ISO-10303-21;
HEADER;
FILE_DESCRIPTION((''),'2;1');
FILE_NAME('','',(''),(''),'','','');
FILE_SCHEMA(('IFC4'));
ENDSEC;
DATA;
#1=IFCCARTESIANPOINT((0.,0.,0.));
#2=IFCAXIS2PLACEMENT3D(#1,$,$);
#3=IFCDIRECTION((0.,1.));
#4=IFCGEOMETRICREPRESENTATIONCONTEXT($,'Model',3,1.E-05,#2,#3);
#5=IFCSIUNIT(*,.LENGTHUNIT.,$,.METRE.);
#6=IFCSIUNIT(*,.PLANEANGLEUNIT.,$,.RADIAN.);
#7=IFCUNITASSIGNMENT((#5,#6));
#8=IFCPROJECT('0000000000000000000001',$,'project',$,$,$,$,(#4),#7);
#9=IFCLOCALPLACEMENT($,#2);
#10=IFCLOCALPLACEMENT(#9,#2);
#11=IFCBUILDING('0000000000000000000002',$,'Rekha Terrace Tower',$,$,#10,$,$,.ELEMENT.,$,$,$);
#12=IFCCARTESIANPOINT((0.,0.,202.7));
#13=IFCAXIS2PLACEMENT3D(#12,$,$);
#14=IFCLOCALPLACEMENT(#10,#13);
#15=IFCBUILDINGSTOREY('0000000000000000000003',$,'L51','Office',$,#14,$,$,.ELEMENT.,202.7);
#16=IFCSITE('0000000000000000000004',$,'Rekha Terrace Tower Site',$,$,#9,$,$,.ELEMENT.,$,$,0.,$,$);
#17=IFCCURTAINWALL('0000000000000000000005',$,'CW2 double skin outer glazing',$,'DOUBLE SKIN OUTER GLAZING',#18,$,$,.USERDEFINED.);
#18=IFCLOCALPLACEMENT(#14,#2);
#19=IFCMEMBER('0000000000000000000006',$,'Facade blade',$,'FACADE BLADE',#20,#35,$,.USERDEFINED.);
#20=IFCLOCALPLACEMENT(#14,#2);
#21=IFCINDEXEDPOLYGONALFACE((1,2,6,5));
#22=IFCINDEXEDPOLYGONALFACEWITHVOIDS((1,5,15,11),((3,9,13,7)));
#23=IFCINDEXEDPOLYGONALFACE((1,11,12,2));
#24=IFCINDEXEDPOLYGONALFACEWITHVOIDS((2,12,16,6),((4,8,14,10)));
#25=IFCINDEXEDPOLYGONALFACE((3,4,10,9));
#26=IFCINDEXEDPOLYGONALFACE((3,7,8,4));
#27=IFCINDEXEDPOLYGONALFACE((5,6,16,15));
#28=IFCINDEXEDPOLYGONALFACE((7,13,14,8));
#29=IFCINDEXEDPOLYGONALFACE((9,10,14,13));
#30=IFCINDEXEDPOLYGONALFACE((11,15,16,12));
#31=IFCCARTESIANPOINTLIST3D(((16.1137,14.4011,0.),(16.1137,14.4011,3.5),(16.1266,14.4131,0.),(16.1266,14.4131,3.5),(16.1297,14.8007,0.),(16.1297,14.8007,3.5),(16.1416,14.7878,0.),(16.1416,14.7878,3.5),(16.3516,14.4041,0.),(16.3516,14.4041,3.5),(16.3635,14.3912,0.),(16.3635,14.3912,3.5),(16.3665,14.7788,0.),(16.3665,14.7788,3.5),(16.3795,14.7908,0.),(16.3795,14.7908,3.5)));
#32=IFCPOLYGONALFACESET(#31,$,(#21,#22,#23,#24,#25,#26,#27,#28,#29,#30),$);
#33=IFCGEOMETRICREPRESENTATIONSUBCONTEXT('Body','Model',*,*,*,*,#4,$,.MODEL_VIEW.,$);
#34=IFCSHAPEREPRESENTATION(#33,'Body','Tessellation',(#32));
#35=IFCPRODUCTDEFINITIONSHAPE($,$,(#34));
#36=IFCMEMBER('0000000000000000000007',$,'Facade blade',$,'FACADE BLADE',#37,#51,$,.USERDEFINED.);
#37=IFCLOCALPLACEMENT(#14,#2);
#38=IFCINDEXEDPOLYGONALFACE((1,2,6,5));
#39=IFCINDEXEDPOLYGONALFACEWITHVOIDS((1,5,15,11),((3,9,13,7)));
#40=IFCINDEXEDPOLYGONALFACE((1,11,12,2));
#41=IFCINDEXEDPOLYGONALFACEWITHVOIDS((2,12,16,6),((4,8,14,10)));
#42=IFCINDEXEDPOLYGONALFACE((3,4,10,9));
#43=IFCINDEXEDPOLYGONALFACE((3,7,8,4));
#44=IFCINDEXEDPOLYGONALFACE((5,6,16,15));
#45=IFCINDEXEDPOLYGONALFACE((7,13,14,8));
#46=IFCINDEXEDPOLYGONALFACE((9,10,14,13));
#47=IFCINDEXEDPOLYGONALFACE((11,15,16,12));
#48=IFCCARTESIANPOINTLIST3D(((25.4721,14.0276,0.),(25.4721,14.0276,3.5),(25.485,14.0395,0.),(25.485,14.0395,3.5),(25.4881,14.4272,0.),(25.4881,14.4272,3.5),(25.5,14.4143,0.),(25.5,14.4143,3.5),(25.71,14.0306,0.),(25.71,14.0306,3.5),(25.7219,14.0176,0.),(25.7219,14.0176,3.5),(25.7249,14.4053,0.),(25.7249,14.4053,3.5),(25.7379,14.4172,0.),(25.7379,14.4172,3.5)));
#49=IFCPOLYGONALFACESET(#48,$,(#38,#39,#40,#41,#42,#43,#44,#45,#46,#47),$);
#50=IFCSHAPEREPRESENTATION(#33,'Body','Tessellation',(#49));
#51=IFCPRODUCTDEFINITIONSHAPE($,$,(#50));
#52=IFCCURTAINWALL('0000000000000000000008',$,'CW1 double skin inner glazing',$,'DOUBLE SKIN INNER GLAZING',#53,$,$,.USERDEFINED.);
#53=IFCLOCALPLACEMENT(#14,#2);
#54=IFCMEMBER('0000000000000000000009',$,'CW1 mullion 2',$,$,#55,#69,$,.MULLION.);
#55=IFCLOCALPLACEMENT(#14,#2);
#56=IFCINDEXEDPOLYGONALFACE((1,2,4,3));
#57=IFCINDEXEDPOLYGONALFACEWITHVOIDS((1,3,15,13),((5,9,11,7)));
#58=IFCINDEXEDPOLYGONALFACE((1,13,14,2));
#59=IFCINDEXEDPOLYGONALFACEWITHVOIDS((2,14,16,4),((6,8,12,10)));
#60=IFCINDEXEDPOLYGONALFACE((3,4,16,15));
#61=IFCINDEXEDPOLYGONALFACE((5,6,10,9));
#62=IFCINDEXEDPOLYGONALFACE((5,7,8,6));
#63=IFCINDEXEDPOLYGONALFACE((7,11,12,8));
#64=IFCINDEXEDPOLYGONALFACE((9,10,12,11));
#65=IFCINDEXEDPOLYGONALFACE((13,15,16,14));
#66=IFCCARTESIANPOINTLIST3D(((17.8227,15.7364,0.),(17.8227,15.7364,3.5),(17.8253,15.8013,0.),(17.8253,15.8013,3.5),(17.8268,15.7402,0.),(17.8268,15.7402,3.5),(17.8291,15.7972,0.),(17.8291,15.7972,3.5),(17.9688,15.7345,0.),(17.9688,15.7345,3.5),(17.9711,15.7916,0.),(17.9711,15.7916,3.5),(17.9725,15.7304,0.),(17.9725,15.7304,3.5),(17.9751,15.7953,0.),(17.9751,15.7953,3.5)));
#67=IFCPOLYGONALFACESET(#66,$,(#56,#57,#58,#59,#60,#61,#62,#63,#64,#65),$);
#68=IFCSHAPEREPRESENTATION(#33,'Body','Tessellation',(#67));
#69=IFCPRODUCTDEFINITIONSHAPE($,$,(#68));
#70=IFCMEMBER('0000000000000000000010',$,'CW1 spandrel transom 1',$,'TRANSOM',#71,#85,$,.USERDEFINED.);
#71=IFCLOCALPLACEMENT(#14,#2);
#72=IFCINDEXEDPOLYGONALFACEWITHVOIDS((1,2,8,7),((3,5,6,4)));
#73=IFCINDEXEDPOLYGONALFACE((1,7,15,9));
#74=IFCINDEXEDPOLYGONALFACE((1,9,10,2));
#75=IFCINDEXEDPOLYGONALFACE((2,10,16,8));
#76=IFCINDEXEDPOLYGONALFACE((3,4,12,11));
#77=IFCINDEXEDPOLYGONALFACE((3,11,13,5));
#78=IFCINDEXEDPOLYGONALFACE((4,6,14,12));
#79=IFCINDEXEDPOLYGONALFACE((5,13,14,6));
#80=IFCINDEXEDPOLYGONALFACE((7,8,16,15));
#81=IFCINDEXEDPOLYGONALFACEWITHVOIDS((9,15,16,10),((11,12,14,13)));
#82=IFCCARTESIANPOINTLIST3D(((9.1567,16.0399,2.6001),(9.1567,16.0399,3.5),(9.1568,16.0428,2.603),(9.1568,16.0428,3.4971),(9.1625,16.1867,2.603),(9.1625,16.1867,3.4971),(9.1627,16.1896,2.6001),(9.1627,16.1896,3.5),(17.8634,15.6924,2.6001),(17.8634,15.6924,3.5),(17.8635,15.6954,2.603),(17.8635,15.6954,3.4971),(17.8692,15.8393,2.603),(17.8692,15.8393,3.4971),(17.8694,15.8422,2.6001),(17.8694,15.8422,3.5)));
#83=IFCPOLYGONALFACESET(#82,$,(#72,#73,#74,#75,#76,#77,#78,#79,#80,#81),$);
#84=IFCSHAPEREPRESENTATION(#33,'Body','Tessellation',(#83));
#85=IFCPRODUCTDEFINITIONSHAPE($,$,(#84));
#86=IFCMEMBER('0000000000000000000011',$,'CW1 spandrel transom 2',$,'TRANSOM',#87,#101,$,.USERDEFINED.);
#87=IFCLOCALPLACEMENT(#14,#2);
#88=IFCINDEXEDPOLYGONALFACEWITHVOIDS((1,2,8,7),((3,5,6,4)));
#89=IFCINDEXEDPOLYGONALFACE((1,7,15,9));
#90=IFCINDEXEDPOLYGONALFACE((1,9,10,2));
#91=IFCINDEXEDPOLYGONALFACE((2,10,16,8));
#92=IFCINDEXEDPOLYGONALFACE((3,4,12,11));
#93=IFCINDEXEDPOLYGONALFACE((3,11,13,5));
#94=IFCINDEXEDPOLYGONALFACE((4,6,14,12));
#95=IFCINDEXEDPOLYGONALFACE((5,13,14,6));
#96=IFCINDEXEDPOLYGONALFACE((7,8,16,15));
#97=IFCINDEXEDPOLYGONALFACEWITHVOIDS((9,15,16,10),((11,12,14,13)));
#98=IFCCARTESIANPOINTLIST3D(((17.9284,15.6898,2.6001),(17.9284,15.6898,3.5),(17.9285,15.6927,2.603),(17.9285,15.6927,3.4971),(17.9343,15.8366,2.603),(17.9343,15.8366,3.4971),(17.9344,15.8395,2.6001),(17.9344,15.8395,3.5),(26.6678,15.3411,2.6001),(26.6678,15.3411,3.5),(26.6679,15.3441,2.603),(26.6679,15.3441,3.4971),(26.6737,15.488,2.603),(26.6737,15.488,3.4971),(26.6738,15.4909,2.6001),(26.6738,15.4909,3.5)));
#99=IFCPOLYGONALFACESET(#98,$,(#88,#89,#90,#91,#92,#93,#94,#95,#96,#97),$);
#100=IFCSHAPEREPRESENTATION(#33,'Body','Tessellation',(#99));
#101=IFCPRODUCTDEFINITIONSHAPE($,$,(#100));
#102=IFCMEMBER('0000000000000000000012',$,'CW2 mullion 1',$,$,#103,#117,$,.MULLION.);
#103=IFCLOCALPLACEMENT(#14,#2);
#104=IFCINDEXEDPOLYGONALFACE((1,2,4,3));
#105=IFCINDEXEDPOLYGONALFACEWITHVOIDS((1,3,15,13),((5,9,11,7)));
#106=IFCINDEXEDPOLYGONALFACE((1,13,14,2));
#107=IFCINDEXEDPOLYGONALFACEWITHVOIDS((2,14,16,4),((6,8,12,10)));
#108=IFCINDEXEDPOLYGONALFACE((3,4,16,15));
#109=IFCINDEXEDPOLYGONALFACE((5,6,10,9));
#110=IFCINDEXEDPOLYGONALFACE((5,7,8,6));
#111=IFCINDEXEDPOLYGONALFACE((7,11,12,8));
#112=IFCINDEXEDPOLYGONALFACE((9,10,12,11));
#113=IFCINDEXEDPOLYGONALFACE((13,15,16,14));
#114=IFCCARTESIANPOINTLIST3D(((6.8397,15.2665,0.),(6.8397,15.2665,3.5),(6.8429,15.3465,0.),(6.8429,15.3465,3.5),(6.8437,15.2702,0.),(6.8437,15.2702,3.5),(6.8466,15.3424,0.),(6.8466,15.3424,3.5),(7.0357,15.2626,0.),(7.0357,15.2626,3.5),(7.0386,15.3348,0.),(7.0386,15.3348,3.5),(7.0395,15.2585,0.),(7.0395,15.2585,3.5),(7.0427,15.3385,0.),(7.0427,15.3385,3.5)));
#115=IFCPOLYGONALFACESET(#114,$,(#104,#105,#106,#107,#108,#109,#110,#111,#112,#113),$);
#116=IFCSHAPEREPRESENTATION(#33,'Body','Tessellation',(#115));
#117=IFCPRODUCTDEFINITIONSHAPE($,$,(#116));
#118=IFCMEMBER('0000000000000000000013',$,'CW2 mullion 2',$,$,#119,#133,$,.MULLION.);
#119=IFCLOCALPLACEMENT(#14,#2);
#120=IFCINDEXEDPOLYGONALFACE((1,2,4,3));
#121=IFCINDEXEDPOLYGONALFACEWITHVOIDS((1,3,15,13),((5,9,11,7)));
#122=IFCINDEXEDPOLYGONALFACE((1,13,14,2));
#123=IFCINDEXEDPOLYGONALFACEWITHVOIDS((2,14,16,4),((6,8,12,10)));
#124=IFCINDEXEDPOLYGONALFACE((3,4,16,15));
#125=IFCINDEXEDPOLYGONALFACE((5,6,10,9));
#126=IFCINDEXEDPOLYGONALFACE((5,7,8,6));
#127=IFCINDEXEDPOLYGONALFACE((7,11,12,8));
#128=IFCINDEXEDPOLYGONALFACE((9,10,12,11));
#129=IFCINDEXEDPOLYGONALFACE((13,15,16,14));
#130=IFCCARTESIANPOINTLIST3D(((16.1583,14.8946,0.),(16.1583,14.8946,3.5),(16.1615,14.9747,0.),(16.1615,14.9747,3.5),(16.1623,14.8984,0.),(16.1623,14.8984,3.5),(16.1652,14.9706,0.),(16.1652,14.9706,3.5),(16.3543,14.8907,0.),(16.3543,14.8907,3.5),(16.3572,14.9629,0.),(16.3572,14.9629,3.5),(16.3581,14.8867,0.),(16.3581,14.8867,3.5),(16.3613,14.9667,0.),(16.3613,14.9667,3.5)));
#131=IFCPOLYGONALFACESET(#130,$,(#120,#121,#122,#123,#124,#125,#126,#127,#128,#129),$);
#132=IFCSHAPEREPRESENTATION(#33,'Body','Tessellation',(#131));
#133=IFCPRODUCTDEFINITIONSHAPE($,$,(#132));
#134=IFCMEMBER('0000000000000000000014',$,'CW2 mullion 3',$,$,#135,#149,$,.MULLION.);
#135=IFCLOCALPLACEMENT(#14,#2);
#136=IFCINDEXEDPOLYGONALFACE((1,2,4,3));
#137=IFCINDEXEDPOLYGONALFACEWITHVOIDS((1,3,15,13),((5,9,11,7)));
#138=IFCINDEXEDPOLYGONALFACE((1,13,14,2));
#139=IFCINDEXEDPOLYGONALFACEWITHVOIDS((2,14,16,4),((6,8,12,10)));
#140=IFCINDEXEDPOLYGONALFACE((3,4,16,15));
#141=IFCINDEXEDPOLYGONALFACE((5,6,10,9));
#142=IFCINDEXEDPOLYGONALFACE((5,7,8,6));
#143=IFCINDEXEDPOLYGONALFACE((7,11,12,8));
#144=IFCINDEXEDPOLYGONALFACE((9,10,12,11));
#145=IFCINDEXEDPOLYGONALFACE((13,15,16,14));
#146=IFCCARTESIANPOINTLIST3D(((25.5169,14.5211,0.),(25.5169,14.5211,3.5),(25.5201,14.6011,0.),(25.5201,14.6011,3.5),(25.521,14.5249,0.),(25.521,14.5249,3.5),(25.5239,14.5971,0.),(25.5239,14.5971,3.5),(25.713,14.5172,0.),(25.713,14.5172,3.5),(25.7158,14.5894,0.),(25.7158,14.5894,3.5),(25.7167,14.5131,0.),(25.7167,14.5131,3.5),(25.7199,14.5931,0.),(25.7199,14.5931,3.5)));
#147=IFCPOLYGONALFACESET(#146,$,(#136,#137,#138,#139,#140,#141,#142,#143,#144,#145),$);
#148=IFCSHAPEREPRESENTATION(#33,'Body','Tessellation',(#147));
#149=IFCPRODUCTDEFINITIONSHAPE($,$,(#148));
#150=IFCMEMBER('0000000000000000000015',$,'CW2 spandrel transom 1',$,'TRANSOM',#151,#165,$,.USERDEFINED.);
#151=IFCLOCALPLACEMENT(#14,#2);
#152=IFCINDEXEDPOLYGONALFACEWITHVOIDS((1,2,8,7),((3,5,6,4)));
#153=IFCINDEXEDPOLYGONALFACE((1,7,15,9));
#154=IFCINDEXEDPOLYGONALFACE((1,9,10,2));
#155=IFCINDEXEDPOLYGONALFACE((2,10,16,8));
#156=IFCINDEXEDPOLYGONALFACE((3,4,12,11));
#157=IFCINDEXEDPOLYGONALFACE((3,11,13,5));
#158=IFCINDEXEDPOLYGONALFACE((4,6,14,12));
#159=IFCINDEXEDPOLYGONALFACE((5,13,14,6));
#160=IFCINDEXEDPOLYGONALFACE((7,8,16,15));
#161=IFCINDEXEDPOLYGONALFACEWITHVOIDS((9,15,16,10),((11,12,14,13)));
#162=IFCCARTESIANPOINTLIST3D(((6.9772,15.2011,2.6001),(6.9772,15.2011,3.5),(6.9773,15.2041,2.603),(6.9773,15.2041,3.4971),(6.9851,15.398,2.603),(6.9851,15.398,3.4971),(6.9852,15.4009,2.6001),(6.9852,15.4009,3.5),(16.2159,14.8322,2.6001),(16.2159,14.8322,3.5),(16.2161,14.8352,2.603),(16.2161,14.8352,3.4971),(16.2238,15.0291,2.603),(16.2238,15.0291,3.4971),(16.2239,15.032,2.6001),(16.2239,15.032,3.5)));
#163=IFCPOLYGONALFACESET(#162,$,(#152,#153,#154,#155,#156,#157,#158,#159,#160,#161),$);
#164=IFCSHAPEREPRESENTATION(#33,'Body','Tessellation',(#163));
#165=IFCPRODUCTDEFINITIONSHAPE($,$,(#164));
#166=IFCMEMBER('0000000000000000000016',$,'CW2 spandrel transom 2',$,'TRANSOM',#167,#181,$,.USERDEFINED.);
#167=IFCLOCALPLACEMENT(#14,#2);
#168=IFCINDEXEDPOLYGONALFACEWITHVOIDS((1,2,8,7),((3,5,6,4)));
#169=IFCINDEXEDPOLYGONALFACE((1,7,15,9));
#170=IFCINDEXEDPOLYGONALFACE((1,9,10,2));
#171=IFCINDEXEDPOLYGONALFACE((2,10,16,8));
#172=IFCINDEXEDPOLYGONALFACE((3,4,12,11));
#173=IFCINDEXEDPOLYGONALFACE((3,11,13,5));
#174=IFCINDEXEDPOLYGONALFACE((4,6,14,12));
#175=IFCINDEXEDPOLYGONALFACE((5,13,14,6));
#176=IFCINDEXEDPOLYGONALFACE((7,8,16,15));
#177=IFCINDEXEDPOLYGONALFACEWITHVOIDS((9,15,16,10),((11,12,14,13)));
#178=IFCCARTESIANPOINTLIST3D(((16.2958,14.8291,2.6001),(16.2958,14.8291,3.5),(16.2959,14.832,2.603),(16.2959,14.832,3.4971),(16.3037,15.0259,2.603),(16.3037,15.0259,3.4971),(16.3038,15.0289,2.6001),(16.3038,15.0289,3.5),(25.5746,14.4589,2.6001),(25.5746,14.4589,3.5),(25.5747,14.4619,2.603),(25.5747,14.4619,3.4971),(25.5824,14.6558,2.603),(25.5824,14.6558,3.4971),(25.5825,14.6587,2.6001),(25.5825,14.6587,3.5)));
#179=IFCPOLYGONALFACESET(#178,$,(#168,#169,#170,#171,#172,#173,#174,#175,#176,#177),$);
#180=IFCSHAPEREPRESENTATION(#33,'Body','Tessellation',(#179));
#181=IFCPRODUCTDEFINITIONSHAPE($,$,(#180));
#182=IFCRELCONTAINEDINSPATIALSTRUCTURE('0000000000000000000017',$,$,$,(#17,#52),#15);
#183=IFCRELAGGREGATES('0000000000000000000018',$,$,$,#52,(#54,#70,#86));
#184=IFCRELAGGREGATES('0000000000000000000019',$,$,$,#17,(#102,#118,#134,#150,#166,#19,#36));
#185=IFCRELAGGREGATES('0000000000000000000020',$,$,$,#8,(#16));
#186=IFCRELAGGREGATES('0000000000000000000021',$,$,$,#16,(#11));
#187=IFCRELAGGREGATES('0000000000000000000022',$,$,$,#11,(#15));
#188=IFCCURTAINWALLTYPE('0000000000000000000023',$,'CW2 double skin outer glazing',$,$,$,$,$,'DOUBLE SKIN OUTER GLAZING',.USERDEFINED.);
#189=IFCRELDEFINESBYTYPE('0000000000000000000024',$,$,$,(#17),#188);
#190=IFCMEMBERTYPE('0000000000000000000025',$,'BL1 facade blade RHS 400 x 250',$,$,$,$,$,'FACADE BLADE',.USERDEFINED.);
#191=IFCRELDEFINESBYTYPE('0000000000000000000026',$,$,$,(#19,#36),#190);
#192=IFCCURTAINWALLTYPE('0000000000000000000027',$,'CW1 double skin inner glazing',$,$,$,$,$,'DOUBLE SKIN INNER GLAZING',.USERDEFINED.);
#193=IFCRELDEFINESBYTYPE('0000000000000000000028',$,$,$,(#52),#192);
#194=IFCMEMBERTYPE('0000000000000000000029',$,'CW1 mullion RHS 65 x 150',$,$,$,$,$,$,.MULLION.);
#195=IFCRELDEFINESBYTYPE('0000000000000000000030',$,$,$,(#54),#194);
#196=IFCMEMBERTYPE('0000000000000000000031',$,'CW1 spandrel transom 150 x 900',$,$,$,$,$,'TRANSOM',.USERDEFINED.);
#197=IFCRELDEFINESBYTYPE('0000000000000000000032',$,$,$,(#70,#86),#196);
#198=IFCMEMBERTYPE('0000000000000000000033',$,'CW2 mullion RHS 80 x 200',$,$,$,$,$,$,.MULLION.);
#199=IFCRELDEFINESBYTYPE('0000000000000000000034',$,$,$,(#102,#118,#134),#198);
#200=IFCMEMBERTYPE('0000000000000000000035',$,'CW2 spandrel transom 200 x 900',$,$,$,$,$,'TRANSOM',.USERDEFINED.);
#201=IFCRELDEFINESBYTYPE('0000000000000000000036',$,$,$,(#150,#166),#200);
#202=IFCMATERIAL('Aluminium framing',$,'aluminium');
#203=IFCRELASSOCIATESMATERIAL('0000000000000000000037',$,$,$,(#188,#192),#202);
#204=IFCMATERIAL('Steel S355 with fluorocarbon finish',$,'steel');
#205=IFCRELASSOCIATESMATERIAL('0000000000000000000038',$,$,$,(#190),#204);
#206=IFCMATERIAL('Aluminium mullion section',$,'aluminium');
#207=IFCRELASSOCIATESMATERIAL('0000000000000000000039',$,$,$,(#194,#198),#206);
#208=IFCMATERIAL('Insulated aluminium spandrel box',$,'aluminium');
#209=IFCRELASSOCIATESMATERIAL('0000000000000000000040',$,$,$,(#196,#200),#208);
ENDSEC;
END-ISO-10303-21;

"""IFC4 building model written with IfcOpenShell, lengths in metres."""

from ifc_helpers import new_model, si_unit, direction, frame, origin, origin_2d, place, context, subcontext, project, spatial, hollow_rectangle, extrude, material, material_profile, profile_set, type_object, element, aggregate, save


model = new_model("IFC4")

# Units and contexts
model_context = context("Model", 3, precision=1e-05, world=origin(), true_north=direction((0.0, 1.0)))
body_context = subcontext(model_context, "Body", "Model", "MODEL_VIEW")
ifc_project = project(units=[si_unit("LENGTHUNIT", "METRE"), si_unit("PLANEANGLEUNIT", "RADIAN")], contexts=[model_context])

# Site, building, storey
site_placement = place(None, origin())
site = spatial("IfcSite", under=ifc_project, at=site_placement, Name="Rekha Terrace Tower Site", CompositionType="ELEMENT", RefElevation=0.0)
building_placement = place(site_placement, origin())
building = spatial("IfcBuilding", under=site, at=building_placement, Name="Rekha Terrace Tower", CompositionType="ELEMENT")
storey_placement = place(building_placement, frame((0.0, 0.0, 202.7)))
storey = spatial("IfcBuildingStorey", under=building, at=storey_placement, Name="L51", Description="Office", CompositionType="ELEMENT", Elevation=202.7)

# Curtain walls, members
ifc_material_1 = material(Name="Aluminium framing", Category="aluminium")
curtain_wall_type_1 = type_object("IfcCurtainWallType", Name="CW2 double skin outer glazing", ElementType="DOUBLE SKIN OUTER GLAZING", PredefinedType="USERDEFINED", material=ifc_material_1)
curtain_wall_1_placement = place(storey_placement, origin())
curtain_wall_1 = element("IfcCurtainWall", 1, at=curtain_wall_1_placement, inside=storey, type_object=curtain_wall_type_1, Name="CW2 double skin outer glazing", ObjectType="DOUBLE SKIN OUTER GLAZING", PredefinedType="USERDEFINED")
ifc_material_2 = material(Name="Steel S355 with fluorocarbon finish", Category="steel")
ifc_material_profile_1 = material_profile(ifc_material_2, hollow_rectangle(XDim=0.25, YDim=0.3999, WallThickness=0.0125, at=origin_2d()), Name="RHS400x250x12.5")
ifc_profile_set_1 = profile_set([ifc_material_profile_1], Name="Steel S355 with fluorocarbon finish")
member_type_1 = type_object("IfcMemberType", Name="BL1 facade blade RHS 400 x 250", ElementType="FACADE BLADE", PredefinedType="USERDEFINED", material=ifc_profile_set_1)
member_1_placement = place(storey_placement, frame((16.2466, 14.5959, 0.0), z_axis=(0.0, 0.0, 1.0), x_axis=(0.999205, -0.039872, 0.0)))
member_1 = element("IfcMember", 2, at=member_1_placement, type_object=member_type_1, Name="Facade blade", ObjectType="FACADE BLADE", PredefinedType="USERDEFINED", context=body_context, shape_type="SweptSolid", body=[
    extrude(hollow_rectangle(XDim=0.25, YDim=0.3999, WallThickness=0.0125, at=origin_2d()), origin(), (0.0, 0.0, 1.0), 3.5),
])
member_2_placement = place(storey_placement, frame((25.605, 14.2224, 0.0), z_axis=(0.0, 0.0, 1.0), x_axis=(0.999205, -0.039872, 0.0)))
member_2 = element("IfcMember", 3, at=member_2_placement, type_object=member_type_1, Name="Facade blade", ObjectType="FACADE BLADE", PredefinedType="USERDEFINED", context=body_context, shape_type="SweptSolid", body=[
    extrude(hollow_rectangle(XDim=0.25, YDim=0.3999, WallThickness=0.0125, at=origin_2d()), origin(), (0.0, 0.0, 1.0), 3.5),
])
curtain_wall_type_2 = type_object("IfcCurtainWallType", Name="CW1 double skin inner glazing", ElementType="DOUBLE SKIN INNER GLAZING", PredefinedType="USERDEFINED", material=ifc_material_1)
curtain_wall_2_placement = place(storey_placement, origin())
curtain_wall_2 = element("IfcCurtainWall", 4, at=curtain_wall_2_placement, inside=storey, type_object=curtain_wall_type_2, Name="CW1 double skin inner glazing", ObjectType="DOUBLE SKIN INNER GLAZING", PredefinedType="USERDEFINED")
ifc_material_3 = material(Name="Aluminium mullion section", Category="aluminium")
ifc_material_profile_2 = material_profile(ifc_material_3, hollow_rectangle(XDim=0.0649, YDim=0.1499, WallThickness=0.0039, at=origin_2d()), Name="AL RHS 65x150")
ifc_profile_set_2 = profile_set([ifc_material_profile_2], Name="Aluminium mullion section")
member_type_2 = type_object("IfcMemberType", Name="CW1 mullion RHS 65 x 150", PredefinedType="MULLION", material=ifc_profile_set_2)
member_3_placement = place(storey_placement, frame((17.8989, 15.7659, 0.0), z_axis=(0.0, 0.0, 1.0), x_axis=(0.039872, 0.999205, 0.0)))
member_3 = element("IfcMember", 5, at=member_3_placement, type_object=member_type_2, Name="CW1 mullion 2", PredefinedType="MULLION", context=body_context, shape_type="SweptSolid", body=[
    extrude(hollow_rectangle(XDim=0.0649, YDim=0.1499, WallThickness=0.0039, at=origin_2d()), origin(), (0.0, 0.0, 1.0), 3.5),
])
ifc_material_4 = material(Name="Insulated aluminium spandrel box", Category="aluminium")
ifc_material_profile_3 = material_profile(ifc_material_4, hollow_rectangle(XDim=0.1499, YDim=0.8999, WallThickness=0.0029, at=origin_2d()), Name="AL SPANDREL BOX 150x900")
ifc_profile_set_3 = profile_set([ifc_material_profile_3], Name="Insulated aluminium spandrel box")
member_type_3 = type_object("IfcMemberType", Name="CW1 spandrel transom 150 x 900", ElementType="TRANSOM", PredefinedType="USERDEFINED", material=ifc_profile_set_3)
member_4_placement = place(storey_placement, frame((9.1597, 16.1147, 3.05), z_axis=(0.999205, -0.03987, 0.0), x_axis=(0.03987, 0.999205, 0.0)))
member_4 = element("IfcMember", 6, at=member_4_placement, type_object=member_type_3, Name="CW1 spandrel transom 1", ObjectType="TRANSOM", PredefinedType="USERDEFINED", context=body_context, shape_type="SweptSolid", body=[
    extrude(hollow_rectangle(XDim=0.1499, YDim=0.8999, WallThickness=0.0029, at=origin_2d()), origin(), (0.0, 0.0, 1.0), 8.7136),
])
member_5_placement = place(storey_placement, frame((17.9314, 15.7646, 3.05), z_axis=(0.999205, -0.03986, 0.0), x_axis=(0.03986, 0.999205, 0.0)))
member_5 = element("IfcMember", 7, at=member_5_placement, type_object=member_type_3, Name="CW1 spandrel transom 2", ObjectType="TRANSOM", PredefinedType="USERDEFINED", context=body_context, shape_type="SweptSolid", body=[
    extrude(hollow_rectangle(XDim=0.1499, YDim=0.8999, WallThickness=0.0029, at=origin_2d()), origin(), (0.0, 0.0, 1.0), 8.7463),
])

# Members
ifc_material_profile_4 = material_profile(ifc_material_3, hollow_rectangle(XDim=0.0801, YDim=0.2, WallThickness=0.0039, at=origin_2d()), Name="AL RHS 80x200")
ifc_profile_set_4 = profile_set([ifc_material_profile_4], Name="Aluminium mullion section")
member_type_4 = type_object("IfcMemberType", Name="CW2 mullion RHS 80 x 200", PredefinedType="MULLION", material=ifc_profile_set_4)
member_6_placement = place(storey_placement, frame((6.9412, 15.3025, 0.0), z_axis=(0.0, 0.0, 1.0), x_axis=(0.039872, 0.999205, 0.0)))
member_6 = element("IfcMember", 8, at=member_6_placement, type_object=member_type_4, Name="CW2 mullion 1", PredefinedType="MULLION", context=body_context, shape_type="SweptSolid", body=[
    extrude(hollow_rectangle(XDim=0.0801, YDim=0.2, WallThickness=0.0039, at=origin_2d()), origin(), (0.0, 0.0, 1.0), 3.5),
])
member_7_placement = place(storey_placement, frame((16.2598, 14.9307, 0.0), z_axis=(0.0, 0.0, 1.0), x_axis=(0.039872, 0.999205, 0.0)))
member_7 = element("IfcMember", 9, at=member_7_placement, type_object=member_type_4, Name="CW2 mullion 2", PredefinedType="MULLION", context=body_context, shape_type="SweptSolid", body=[
    extrude(hollow_rectangle(XDim=0.0801, YDim=0.2, WallThickness=0.0039, at=origin_2d()), origin(), (0.0, 0.0, 1.0), 3.5),
])
member_8_placement = place(storey_placement, frame((25.6184, 14.5571, 0.0), z_axis=(0.0, 0.0, 1.0), x_axis=(0.039872, 0.999205, 0.0)))
member_8 = element("IfcMember", 10, at=member_8_placement, type_object=member_type_4, Name="CW2 mullion 3", PredefinedType="MULLION", context=body_context, shape_type="SweptSolid", body=[
    extrude(hollow_rectangle(XDim=0.0801, YDim=0.2, WallThickness=0.0039, at=origin_2d()), origin(), (0.0, 0.0, 1.0), 3.5),
])
ifc_material_profile_5 = material_profile(ifc_material_4, hollow_rectangle(XDim=0.2, YDim=0.8999, WallThickness=0.0029, at=origin_2d()), Name="AL SPANDREL BOX 200x900")
ifc_profile_set_5 = profile_set([ifc_material_profile_5], Name="Insulated aluminium spandrel box")
member_type_5 = type_object("IfcMemberType", Name="CW2 spandrel transom 200 x 900", ElementType="TRANSOM", PredefinedType="USERDEFINED", material=ifc_profile_set_5)
member_9_placement = place(storey_placement, frame((6.9812, 15.301, 3.05), z_axis=(0.999204, -0.039897, 0.0), x_axis=(0.039897, 0.999204, 0.0)))
member_9 = element("IfcMember", 11, at=member_9_placement, type_object=member_type_5, Name="CW2 spandrel transom 1", ObjectType="TRANSOM", PredefinedType="USERDEFINED", context=body_context, shape_type="SweptSolid", body=[
    extrude(hollow_rectangle(XDim=0.2, YDim=0.8999, WallThickness=0.0029, at=origin_2d()), origin(), (0.0, 0.0, 1.0), 9.2461),
])
member_10_placement = place(storey_placement, frame((16.2998, 14.929, 3.05), z_axis=(0.999205, -0.039857, 0.0), x_axis=(0.039857, 0.999205, 0.0)))
member_10 = element("IfcMember", 12, at=member_10_placement, type_object=member_type_5, Name="CW2 spandrel transom 2", ObjectType="TRANSOM", PredefinedType="USERDEFINED", context=body_context, shape_type="SweptSolid", body=[
    extrude(hollow_rectangle(XDim=0.2, YDim=0.8999, WallThickness=0.0029, at=origin_2d()), origin(), (0.0, 0.0, 1.0), 9.2861),
])

aggregate(curtain_wall_2, [member_3, member_4, member_5])
aggregate(curtain_wall_1, [member_6, member_7, member_8, member_9, member_10, member_1, member_2])

save(model, "model.ifc")
